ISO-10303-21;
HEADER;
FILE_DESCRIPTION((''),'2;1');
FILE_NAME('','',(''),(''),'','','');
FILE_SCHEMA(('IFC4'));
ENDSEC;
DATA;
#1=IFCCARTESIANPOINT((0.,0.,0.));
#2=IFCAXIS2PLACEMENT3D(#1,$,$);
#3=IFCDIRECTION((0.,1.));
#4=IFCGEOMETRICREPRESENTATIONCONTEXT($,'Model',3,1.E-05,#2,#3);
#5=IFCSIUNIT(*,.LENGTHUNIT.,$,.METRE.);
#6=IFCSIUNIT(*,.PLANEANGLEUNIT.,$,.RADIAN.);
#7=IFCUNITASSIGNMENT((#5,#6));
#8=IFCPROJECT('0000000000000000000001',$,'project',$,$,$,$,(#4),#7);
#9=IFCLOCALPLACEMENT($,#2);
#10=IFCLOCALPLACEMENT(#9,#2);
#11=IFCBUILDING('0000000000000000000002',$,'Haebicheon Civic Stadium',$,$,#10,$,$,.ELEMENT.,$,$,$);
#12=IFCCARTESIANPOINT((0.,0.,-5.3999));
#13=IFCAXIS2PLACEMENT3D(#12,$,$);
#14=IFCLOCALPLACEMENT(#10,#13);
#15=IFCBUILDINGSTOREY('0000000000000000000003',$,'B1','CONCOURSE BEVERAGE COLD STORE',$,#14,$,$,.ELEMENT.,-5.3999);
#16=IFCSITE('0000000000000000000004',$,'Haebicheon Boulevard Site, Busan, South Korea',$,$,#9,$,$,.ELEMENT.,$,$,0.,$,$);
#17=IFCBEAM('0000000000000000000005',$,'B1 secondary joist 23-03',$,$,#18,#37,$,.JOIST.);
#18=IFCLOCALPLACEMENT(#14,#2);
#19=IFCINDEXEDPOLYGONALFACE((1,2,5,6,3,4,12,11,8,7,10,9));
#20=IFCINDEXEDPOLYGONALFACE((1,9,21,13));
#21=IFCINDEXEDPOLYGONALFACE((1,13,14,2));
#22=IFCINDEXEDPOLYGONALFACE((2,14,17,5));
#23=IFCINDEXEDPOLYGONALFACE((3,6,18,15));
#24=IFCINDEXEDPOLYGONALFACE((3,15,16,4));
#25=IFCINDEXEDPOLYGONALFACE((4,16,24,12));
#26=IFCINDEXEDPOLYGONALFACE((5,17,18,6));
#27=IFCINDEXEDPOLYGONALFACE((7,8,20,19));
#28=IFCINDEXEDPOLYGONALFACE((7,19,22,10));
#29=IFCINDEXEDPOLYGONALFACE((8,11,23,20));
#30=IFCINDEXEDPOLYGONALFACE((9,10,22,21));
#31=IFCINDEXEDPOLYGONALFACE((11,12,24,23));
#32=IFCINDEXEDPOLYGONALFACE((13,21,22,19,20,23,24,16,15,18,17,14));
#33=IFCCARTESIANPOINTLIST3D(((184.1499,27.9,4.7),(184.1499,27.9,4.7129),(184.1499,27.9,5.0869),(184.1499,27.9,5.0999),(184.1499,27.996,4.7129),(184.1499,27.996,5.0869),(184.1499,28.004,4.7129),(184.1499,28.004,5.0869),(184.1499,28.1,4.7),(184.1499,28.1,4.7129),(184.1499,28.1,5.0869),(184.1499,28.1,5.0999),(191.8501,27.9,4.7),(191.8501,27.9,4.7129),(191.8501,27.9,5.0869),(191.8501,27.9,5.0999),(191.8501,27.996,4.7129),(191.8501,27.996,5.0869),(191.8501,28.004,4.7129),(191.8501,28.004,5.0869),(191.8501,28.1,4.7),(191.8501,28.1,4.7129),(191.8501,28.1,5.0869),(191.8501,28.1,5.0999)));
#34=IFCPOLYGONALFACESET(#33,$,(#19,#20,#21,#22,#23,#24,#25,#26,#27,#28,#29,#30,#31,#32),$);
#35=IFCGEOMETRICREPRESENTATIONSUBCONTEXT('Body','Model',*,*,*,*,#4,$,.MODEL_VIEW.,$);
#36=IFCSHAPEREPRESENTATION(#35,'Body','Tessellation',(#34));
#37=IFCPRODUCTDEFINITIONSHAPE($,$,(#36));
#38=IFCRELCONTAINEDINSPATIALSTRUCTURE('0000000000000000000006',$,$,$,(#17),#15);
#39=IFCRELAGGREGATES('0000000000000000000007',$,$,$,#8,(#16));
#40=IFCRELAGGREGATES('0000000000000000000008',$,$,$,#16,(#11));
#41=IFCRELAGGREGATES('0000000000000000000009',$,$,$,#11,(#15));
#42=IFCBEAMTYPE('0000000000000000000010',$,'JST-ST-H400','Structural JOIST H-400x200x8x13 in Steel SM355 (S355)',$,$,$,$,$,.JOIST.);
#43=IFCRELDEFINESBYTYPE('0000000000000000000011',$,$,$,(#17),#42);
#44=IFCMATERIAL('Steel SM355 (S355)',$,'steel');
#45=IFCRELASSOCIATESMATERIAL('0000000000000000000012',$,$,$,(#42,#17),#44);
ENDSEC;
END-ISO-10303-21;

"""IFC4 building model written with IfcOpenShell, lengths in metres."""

from ifc_helpers import new_model, si_unit, direction, frame, origin, origin_2d, place, context, subcontext, project, spatial, i_section, extrude, material, material_profile, profile_set, type_object, element, save


model = new_model("IFC4")

# Units and contexts
model_context = context("Model", 3, precision=1e-05, world=origin(), true_north=direction((0.0, 1.0)))
body_context = subcontext(model_context, "Body", "Model", "MODEL_VIEW")
ifc_project = project(units=[si_unit("LENGTHUNIT", "METRE"), si_unit("PLANEANGLEUNIT", "RADIAN")], contexts=[model_context])

# Site, building, storey
site_placement = place(None, origin())
site = spatial("IfcSite", under=ifc_project, at=site_placement, Name="Haebicheon Boulevard Site, Busan, South Korea", CompositionType="ELEMENT", RefElevation=0.0)
building_placement = place(site_placement, origin())
building = spatial("IfcBuilding", under=site, at=building_placement, Name="Haebicheon Civic Stadium", CompositionType="ELEMENT")
storey_placement = place(building_placement, frame((0.0, 0.0, -5.3999)))
storey = spatial("IfcBuildingStorey", under=building, at=storey_placement, Name="B1", Description="CONCOURSE BEVERAGE COLD STORE", CompositionType="ELEMENT", Elevation=-5.3999)

# Beam
ifc_material_1 = material(Name="Steel SM355 (S355)", Category="steel")
ifc_material_profile_1 = material_profile(ifc_material_1, i_section(OverallWidth=0.2, OverallDepth=0.3999, WebThickness=0.0081, FlangeThickness=0.0129, at=origin_2d()), Name="H-400x200x8x13")
ifc_profile_set_1 = profile_set([ifc_material_profile_1], Name="Steel SM355 (S355)")
beam_type_1 = type_object("IfcBeamType", Name="JST-ST-H400", Description="Structural JOIST H-400x200x8x13 in Steel SM355 (S355)", PredefinedType="JOIST", material=ifc_profile_set_1)
for number, where, z_axis, x_axis, name in (
    (1, (184.1499, 28.0, 4.8999), (1.0, 0.0, 0.0), (0.0, 1.0, 0.0), "B1 secondary joist 23-03"),
):
    element("IfcBeam", number, at=place(storey_placement, frame(where, z_axis=z_axis, x_axis=x_axis)), inside=storey, type_object=beam_type_1, material=ifc_profile_set_1, Name=name, PredefinedType="JOIST", context=body_context, shape_type="SweptSolid", body=[
        extrude(i_section(OverallWidth=0.2, OverallDepth=0.3999, WebThickness=0.0081, FlangeThickness=0.0129, at=origin_2d()), origin(), (0.0, 0.0, 1.0), 7.7002),
    ])

save(model, "model.ifc")
